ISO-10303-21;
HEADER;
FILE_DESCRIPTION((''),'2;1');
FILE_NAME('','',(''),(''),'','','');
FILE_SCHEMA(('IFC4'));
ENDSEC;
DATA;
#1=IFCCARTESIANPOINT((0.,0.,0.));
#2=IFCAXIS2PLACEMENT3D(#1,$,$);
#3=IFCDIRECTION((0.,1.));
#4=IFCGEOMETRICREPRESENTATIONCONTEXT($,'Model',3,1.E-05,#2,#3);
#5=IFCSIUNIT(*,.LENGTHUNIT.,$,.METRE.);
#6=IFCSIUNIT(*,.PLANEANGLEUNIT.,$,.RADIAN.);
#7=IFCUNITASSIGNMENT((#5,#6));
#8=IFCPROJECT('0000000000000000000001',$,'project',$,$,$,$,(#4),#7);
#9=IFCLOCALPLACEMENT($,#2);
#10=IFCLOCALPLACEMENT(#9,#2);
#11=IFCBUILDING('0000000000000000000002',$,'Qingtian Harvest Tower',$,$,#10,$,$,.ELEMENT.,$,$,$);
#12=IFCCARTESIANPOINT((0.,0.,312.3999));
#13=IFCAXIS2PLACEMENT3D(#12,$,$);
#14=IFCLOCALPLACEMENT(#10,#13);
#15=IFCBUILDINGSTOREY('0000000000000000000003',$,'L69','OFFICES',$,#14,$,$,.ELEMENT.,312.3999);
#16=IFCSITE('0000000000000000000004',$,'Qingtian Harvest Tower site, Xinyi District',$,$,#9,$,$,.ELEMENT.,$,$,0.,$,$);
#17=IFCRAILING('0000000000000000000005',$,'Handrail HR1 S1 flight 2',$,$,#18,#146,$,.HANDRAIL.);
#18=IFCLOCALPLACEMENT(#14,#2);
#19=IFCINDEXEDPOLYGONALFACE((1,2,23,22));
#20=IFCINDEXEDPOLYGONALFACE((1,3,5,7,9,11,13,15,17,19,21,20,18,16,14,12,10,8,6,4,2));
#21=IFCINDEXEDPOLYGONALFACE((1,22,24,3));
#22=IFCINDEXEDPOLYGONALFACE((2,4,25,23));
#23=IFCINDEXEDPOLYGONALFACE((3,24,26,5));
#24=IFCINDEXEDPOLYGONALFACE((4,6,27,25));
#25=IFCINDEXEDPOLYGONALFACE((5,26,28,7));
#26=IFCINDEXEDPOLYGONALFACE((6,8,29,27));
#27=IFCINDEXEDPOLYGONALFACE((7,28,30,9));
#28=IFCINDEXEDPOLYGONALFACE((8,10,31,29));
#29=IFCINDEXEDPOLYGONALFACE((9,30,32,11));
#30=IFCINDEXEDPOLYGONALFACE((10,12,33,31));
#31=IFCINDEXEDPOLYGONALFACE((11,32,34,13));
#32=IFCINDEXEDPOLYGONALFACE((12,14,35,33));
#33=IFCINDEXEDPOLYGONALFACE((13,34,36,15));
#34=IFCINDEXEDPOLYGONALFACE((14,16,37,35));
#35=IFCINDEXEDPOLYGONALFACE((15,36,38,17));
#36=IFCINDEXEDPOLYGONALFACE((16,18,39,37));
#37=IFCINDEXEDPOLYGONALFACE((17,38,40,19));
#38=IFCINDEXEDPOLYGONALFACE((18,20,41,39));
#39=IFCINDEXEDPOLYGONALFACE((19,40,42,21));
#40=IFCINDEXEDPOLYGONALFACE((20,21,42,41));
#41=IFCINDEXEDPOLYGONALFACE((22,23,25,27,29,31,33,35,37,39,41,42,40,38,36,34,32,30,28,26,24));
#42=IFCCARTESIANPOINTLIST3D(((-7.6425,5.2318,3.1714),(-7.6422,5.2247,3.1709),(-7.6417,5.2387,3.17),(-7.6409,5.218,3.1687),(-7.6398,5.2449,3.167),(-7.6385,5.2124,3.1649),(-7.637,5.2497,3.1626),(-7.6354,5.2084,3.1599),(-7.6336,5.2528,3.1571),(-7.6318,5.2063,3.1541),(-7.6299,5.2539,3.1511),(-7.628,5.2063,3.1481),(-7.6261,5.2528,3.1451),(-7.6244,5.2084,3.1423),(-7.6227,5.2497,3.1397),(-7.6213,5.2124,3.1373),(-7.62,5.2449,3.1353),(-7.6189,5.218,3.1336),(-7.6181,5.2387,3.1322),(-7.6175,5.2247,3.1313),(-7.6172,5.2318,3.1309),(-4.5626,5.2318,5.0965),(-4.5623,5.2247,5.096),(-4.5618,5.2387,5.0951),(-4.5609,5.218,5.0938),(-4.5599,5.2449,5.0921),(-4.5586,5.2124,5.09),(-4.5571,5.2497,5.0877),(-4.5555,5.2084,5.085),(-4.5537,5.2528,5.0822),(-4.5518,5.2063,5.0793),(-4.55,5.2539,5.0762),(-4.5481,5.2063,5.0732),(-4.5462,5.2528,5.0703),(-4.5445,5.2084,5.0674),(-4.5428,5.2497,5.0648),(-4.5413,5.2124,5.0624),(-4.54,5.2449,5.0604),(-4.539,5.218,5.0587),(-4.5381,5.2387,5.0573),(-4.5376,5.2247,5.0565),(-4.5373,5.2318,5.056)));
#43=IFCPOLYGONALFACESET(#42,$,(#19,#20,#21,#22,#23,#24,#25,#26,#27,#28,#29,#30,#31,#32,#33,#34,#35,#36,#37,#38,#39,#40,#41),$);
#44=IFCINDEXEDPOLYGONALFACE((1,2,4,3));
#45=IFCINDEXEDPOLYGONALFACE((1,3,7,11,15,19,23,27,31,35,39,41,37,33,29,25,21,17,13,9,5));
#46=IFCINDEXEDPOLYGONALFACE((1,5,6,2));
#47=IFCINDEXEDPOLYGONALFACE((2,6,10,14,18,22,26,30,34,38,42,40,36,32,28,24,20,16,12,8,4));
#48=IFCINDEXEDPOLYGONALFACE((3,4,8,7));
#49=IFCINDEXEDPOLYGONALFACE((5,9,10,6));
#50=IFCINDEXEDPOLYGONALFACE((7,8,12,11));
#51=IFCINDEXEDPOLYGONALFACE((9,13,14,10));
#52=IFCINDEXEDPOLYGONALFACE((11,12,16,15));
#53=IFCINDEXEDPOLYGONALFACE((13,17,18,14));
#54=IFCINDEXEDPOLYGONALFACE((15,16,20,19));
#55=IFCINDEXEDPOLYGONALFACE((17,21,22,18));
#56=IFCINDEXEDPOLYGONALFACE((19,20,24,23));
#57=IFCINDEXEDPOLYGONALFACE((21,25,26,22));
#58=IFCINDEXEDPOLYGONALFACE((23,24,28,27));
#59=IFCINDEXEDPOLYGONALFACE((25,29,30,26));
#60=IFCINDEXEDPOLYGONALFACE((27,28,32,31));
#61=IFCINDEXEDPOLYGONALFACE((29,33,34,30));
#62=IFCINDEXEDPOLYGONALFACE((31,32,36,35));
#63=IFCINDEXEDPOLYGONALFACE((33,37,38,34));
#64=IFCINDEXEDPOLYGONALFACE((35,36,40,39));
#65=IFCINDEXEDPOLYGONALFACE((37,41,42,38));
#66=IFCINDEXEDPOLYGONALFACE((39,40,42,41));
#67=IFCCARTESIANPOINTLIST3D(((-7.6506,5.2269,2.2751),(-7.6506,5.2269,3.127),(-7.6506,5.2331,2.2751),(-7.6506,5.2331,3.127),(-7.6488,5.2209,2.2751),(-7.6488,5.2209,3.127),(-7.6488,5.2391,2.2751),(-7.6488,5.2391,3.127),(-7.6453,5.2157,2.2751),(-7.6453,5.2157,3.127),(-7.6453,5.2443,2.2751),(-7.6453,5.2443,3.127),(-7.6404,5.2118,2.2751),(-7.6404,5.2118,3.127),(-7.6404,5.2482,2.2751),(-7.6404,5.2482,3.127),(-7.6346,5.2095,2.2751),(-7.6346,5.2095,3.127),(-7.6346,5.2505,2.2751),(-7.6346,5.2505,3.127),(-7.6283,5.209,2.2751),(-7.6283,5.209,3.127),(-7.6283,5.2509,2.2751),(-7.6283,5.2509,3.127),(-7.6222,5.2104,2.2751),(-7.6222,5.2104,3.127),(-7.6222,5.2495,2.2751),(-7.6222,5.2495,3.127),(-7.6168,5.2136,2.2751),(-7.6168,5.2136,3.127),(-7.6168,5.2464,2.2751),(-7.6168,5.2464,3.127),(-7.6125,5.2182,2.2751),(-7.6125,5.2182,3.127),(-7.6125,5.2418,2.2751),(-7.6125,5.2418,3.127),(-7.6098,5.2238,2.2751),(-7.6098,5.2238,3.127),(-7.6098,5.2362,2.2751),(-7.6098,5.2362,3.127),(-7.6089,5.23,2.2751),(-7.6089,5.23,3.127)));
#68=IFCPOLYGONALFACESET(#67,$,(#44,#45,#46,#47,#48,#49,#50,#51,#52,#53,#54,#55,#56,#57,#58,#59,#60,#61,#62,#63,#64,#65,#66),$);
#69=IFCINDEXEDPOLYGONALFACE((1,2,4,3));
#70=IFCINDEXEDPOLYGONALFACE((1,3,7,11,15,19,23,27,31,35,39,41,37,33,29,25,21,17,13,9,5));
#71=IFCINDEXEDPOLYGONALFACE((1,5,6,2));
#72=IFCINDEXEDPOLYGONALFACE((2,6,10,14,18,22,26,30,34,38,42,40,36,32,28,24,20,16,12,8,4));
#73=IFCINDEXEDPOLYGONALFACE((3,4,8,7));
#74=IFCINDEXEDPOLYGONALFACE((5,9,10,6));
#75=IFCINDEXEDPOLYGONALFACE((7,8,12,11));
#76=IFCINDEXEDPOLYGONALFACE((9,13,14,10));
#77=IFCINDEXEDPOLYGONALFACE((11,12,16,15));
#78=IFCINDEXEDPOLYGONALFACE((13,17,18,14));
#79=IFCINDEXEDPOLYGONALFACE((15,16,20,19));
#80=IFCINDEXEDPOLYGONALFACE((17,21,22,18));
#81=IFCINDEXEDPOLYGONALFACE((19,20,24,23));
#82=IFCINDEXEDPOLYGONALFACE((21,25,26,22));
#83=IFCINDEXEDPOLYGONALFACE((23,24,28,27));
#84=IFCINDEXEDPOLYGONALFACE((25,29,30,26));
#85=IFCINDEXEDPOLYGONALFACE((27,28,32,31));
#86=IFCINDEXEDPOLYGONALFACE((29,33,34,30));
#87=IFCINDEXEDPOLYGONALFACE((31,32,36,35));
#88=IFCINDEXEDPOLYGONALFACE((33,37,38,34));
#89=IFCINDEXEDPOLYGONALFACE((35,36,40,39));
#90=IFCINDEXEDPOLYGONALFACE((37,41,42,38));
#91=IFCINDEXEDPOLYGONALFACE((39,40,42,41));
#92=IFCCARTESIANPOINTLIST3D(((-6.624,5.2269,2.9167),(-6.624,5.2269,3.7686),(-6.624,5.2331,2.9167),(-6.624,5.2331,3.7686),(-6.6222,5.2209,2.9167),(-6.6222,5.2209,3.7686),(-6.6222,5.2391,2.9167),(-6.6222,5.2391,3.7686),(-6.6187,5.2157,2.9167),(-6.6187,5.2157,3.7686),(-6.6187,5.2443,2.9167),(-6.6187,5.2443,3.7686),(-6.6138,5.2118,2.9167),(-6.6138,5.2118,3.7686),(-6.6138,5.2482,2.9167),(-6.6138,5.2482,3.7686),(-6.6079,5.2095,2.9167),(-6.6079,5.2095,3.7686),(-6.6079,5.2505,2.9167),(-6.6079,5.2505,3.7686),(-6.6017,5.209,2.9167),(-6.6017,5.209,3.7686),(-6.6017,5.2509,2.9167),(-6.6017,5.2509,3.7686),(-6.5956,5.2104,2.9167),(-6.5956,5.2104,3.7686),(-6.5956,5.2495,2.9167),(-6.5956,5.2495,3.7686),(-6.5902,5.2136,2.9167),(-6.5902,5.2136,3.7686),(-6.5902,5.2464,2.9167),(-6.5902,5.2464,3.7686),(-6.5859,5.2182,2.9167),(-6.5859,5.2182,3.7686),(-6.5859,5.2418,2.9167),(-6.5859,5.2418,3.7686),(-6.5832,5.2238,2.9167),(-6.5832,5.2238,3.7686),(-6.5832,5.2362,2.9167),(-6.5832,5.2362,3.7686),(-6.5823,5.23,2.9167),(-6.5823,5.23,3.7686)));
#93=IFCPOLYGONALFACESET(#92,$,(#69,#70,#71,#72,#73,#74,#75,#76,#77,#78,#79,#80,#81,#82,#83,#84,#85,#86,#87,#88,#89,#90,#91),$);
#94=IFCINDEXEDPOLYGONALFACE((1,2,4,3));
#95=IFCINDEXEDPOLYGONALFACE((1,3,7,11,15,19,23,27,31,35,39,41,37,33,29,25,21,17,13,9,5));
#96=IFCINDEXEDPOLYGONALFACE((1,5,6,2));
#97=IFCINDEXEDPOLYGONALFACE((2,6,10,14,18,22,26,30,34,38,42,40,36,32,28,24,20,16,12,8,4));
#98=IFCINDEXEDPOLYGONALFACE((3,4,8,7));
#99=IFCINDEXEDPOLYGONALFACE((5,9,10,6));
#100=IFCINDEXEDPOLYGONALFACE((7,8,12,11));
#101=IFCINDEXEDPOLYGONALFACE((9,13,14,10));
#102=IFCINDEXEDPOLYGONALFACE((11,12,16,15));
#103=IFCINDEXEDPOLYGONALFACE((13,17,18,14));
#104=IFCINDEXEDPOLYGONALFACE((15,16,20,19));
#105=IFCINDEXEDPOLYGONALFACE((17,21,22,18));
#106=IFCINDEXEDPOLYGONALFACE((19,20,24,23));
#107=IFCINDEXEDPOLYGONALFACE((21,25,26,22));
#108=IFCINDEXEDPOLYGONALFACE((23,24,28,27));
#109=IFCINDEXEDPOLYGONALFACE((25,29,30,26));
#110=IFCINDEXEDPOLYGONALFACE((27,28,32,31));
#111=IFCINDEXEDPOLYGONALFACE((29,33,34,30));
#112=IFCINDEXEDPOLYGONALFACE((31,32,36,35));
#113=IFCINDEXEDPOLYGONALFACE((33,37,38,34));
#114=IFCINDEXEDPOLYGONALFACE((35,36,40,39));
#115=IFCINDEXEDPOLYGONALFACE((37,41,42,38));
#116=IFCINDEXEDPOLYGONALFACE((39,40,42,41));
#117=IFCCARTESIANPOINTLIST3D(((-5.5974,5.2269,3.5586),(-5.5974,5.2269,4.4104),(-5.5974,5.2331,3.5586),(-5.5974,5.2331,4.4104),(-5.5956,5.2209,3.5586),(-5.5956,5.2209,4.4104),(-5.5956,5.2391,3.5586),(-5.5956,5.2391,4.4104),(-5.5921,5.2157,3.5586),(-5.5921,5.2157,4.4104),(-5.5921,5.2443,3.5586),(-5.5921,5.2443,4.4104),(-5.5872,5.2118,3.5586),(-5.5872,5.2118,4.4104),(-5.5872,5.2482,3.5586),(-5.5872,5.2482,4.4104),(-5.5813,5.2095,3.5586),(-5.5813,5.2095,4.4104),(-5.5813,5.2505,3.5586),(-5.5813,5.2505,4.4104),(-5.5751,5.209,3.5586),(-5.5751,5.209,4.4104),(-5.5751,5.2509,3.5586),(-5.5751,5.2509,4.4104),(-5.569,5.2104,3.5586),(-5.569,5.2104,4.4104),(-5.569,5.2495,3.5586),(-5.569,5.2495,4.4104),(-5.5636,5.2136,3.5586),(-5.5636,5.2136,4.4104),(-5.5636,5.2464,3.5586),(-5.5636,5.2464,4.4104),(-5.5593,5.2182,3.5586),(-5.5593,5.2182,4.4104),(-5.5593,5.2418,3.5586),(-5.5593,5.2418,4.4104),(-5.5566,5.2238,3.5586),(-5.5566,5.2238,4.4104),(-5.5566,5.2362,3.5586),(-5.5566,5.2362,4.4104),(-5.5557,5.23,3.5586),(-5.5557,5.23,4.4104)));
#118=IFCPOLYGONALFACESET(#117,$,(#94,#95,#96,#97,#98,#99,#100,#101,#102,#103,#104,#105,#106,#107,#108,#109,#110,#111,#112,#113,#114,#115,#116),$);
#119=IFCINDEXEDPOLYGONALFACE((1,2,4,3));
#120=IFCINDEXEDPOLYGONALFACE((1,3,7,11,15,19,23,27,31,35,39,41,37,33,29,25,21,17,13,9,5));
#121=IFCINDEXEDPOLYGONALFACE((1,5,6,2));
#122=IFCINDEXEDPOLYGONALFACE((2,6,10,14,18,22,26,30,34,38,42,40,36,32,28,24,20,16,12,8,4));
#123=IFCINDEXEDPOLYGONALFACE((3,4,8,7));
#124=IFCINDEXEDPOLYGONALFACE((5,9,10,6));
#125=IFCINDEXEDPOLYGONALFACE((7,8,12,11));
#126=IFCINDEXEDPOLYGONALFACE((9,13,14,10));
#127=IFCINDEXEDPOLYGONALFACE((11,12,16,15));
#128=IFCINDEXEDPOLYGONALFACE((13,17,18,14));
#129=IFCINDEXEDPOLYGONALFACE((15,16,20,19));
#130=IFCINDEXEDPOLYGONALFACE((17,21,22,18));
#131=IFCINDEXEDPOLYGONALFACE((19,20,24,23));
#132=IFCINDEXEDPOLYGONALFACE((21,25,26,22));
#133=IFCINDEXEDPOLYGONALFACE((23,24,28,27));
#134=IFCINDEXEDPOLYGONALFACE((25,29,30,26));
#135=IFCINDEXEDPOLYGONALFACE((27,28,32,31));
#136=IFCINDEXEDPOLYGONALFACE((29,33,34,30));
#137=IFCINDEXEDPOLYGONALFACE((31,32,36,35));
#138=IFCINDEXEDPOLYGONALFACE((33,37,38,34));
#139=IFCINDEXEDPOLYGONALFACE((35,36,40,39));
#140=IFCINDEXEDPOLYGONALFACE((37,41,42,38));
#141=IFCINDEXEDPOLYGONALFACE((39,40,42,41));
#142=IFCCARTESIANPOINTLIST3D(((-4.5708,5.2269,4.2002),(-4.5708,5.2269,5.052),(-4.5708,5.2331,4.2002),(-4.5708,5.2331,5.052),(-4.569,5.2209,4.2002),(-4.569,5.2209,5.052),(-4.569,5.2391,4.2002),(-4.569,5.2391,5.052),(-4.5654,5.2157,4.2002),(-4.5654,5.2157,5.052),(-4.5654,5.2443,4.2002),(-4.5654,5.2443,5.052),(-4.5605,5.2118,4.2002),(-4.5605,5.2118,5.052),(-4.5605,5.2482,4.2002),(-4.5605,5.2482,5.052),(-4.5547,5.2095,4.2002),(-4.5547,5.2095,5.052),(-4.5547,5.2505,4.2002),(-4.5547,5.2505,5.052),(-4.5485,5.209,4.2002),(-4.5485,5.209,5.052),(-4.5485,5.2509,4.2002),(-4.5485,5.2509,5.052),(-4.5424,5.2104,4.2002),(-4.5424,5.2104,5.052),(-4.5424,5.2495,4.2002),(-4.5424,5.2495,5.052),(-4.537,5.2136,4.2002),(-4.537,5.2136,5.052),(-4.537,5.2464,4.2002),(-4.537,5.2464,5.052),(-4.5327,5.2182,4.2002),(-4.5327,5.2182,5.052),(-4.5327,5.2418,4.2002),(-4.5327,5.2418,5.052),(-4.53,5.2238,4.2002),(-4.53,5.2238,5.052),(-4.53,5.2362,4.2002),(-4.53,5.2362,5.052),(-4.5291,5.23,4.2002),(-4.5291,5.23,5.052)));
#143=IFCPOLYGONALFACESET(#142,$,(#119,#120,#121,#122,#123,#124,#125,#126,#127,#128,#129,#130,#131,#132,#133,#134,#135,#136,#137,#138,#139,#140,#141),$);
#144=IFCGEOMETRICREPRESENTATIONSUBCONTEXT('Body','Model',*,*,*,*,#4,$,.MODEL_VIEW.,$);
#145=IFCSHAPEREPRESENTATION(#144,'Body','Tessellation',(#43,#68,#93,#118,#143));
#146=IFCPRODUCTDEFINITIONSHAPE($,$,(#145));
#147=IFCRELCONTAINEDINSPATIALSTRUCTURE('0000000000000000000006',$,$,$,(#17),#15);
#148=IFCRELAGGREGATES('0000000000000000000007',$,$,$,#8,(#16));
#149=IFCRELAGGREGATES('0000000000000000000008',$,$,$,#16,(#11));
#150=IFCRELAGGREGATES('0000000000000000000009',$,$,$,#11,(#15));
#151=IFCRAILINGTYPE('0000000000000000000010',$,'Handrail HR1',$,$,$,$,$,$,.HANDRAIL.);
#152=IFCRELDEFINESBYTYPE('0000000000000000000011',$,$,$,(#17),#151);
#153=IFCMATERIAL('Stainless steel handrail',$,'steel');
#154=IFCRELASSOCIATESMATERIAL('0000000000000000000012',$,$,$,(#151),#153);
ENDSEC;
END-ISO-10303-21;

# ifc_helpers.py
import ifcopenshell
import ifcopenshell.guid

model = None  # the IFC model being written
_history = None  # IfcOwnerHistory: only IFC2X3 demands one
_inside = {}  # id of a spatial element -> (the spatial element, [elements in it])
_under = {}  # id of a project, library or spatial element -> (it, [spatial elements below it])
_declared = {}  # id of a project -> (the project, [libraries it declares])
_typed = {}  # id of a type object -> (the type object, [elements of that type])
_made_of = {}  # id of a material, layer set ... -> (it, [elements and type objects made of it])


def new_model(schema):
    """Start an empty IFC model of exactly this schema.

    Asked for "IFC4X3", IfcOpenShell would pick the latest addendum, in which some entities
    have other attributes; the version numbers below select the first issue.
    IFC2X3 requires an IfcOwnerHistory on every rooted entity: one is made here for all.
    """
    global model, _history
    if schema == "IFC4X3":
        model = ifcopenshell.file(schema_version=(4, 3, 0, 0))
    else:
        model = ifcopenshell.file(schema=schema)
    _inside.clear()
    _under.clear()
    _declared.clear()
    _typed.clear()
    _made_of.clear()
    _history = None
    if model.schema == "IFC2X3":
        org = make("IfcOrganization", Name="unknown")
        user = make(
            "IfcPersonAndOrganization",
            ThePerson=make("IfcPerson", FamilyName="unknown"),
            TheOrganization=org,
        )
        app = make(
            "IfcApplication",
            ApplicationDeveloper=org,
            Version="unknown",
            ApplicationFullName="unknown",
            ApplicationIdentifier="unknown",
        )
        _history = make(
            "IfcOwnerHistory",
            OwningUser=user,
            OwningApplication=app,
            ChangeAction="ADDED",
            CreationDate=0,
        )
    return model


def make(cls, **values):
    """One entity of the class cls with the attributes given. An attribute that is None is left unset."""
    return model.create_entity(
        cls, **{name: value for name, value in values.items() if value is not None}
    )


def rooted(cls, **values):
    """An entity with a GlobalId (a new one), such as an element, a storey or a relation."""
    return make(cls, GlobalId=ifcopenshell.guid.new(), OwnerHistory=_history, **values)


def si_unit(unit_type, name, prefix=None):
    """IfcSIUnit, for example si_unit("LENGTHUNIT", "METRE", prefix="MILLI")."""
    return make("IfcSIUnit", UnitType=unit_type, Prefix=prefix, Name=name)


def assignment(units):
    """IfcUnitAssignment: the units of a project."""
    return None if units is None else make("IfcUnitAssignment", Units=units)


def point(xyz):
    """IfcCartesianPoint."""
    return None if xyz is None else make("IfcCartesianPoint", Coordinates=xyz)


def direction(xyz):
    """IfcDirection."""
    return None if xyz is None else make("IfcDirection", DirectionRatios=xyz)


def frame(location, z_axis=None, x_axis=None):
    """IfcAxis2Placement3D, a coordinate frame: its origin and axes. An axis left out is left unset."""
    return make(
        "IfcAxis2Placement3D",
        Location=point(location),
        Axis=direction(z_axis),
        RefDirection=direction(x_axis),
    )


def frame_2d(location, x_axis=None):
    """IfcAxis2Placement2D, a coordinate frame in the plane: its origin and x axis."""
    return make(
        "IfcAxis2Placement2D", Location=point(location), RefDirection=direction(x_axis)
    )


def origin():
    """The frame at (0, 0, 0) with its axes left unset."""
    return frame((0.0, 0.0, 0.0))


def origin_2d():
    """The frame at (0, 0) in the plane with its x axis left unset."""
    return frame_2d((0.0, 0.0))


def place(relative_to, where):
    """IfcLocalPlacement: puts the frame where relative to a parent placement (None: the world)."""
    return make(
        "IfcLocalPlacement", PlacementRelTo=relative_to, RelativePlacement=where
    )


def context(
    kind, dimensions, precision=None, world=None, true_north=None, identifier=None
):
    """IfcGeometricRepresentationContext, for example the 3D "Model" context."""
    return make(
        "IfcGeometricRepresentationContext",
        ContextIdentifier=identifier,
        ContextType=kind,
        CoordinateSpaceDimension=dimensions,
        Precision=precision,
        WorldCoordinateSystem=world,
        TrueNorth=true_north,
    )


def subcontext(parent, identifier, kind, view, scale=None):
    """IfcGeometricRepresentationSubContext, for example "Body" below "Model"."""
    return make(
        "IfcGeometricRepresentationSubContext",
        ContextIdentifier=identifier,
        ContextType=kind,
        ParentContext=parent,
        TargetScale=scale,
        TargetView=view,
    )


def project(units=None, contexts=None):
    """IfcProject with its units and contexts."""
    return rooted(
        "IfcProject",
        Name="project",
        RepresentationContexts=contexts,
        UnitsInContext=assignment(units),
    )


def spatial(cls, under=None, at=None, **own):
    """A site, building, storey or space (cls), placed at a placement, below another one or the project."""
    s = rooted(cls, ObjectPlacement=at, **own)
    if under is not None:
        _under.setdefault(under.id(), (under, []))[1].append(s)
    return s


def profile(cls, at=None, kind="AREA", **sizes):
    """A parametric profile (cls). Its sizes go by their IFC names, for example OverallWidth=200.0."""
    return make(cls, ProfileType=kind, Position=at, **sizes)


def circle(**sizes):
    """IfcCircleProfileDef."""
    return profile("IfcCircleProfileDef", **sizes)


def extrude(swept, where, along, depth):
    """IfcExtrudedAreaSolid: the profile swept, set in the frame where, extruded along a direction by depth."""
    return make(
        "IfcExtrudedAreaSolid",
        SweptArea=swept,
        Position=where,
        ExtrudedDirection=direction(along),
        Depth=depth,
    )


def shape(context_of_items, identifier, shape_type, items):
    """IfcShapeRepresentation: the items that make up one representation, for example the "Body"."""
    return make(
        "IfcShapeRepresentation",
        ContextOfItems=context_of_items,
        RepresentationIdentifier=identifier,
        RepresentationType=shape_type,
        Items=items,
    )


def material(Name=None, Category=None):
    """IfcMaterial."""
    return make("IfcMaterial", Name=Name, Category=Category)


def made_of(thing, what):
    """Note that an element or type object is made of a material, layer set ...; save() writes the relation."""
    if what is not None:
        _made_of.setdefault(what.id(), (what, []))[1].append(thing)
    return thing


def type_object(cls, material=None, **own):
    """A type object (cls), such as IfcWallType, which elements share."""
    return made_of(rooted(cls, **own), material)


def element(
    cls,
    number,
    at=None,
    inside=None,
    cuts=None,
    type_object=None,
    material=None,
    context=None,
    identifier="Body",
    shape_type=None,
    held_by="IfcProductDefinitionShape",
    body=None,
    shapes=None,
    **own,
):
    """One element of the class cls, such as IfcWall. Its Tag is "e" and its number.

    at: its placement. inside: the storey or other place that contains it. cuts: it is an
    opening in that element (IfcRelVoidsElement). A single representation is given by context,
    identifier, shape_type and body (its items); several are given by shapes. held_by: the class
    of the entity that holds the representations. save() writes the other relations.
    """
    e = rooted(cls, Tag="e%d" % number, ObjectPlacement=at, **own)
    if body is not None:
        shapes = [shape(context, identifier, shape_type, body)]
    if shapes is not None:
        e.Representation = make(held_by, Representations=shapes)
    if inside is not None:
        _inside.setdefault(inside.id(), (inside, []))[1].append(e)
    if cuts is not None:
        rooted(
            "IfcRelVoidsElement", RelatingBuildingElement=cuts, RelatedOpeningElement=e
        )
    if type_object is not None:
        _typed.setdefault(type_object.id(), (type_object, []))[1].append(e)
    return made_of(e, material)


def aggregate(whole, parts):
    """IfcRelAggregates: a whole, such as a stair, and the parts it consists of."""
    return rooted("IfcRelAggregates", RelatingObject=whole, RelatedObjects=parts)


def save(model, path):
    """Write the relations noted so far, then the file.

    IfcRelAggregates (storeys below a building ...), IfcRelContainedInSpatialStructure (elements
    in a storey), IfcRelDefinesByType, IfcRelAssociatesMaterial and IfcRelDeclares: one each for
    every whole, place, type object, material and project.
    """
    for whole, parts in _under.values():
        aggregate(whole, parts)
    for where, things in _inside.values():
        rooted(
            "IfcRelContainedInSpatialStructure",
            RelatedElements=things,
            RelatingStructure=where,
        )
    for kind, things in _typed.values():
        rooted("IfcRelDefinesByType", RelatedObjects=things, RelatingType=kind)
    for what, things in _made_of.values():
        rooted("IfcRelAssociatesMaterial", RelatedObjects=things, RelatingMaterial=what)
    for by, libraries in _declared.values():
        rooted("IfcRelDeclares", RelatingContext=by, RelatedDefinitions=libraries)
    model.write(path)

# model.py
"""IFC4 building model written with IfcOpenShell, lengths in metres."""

from ifc_helpers import new_model, si_unit, direction, frame, origin, origin_2d, place, context, subcontext, project, spatial, circle, extrude, material, type_object, element, save


model = new_model("IFC4")

# Units and contexts
model_context = context("Model", 3, precision=1e-05, world=origin(), true_north=direction((0.0, 1.0)))
body_context = subcontext(model_context, "Body", "Model", "MODEL_VIEW")
ifc_project = project(units=[si_unit("LENGTHUNIT", "METRE"), si_unit("PLANEANGLEUNIT", "RADIAN")], contexts=[model_context])

# Site, building, storey
site_placement = place(None, origin())
site = spatial("IfcSite", under=ifc_project, at=site_placement, Name="Qingtian Harvest Tower site, Xinyi District", CompositionType="ELEMENT", RefElevation=0.0)
building_placement = place(site_placement, origin())
building = spatial("IfcBuilding", under=site, at=building_placement, Name="Qingtian Harvest Tower", CompositionType="ELEMENT")
storey_placement = place(building_placement, frame((0.0, 0.0, 312.3999)))
storey = spatial("IfcBuildingStorey", under=building, at=storey_placement, Name="L69", Description="OFFICES", CompositionType="ELEMENT", Elevation=312.3999)

# Railing
ifc_material_1 = material(Name="Stainless steel handrail", Category="steel")
railing_type = type_object("IfcRailingType", Name="Handrail HR1", PredefinedType="HANDRAIL", material=ifc_material_1)
railing_1_placement = place(storey_placement, frame((-7.6299, 5.23, 2.2751)))
element("IfcRailing", 1, at=railing_1_placement, inside=storey, type_object=railing_type, Name="Handrail HR1 S1 flight 2", PredefinedType="HANDRAIL", context=body_context, shape_type="SweptSolid", body=[
    extrude(circle(Radius=0.0239, at=origin_2d()), frame((0.0, 0.0, 0.876), z_axis=(0.847979, 0.0, 0.530029), x_axis=(0.0, 1.0, 0.0)), (0.0, 0.0, 1.0), 3.6321),
    extrude(circle(Radius=0.021, at=origin_2d()), origin(), (0.0, 0.0, 1.0), 0.8518),
    extrude(circle(Radius=0.021, at=origin_2d()), frame((1.0266, 0.0, 0.6416)), (0.0, 0.0, 1.0), 0.8518),
    extrude(circle(Radius=0.021, at=origin_2d()), frame((2.0532, 0.0, 1.2834)), (0.0, 0.0, 1.0), 0.8518),
    extrude(circle(Radius=0.021, at=origin_2d()), frame((3.0798, 0.0, 1.925)), (0.0, 0.0, 1.0), 0.8518),
])

save(model, "model.ifc")
